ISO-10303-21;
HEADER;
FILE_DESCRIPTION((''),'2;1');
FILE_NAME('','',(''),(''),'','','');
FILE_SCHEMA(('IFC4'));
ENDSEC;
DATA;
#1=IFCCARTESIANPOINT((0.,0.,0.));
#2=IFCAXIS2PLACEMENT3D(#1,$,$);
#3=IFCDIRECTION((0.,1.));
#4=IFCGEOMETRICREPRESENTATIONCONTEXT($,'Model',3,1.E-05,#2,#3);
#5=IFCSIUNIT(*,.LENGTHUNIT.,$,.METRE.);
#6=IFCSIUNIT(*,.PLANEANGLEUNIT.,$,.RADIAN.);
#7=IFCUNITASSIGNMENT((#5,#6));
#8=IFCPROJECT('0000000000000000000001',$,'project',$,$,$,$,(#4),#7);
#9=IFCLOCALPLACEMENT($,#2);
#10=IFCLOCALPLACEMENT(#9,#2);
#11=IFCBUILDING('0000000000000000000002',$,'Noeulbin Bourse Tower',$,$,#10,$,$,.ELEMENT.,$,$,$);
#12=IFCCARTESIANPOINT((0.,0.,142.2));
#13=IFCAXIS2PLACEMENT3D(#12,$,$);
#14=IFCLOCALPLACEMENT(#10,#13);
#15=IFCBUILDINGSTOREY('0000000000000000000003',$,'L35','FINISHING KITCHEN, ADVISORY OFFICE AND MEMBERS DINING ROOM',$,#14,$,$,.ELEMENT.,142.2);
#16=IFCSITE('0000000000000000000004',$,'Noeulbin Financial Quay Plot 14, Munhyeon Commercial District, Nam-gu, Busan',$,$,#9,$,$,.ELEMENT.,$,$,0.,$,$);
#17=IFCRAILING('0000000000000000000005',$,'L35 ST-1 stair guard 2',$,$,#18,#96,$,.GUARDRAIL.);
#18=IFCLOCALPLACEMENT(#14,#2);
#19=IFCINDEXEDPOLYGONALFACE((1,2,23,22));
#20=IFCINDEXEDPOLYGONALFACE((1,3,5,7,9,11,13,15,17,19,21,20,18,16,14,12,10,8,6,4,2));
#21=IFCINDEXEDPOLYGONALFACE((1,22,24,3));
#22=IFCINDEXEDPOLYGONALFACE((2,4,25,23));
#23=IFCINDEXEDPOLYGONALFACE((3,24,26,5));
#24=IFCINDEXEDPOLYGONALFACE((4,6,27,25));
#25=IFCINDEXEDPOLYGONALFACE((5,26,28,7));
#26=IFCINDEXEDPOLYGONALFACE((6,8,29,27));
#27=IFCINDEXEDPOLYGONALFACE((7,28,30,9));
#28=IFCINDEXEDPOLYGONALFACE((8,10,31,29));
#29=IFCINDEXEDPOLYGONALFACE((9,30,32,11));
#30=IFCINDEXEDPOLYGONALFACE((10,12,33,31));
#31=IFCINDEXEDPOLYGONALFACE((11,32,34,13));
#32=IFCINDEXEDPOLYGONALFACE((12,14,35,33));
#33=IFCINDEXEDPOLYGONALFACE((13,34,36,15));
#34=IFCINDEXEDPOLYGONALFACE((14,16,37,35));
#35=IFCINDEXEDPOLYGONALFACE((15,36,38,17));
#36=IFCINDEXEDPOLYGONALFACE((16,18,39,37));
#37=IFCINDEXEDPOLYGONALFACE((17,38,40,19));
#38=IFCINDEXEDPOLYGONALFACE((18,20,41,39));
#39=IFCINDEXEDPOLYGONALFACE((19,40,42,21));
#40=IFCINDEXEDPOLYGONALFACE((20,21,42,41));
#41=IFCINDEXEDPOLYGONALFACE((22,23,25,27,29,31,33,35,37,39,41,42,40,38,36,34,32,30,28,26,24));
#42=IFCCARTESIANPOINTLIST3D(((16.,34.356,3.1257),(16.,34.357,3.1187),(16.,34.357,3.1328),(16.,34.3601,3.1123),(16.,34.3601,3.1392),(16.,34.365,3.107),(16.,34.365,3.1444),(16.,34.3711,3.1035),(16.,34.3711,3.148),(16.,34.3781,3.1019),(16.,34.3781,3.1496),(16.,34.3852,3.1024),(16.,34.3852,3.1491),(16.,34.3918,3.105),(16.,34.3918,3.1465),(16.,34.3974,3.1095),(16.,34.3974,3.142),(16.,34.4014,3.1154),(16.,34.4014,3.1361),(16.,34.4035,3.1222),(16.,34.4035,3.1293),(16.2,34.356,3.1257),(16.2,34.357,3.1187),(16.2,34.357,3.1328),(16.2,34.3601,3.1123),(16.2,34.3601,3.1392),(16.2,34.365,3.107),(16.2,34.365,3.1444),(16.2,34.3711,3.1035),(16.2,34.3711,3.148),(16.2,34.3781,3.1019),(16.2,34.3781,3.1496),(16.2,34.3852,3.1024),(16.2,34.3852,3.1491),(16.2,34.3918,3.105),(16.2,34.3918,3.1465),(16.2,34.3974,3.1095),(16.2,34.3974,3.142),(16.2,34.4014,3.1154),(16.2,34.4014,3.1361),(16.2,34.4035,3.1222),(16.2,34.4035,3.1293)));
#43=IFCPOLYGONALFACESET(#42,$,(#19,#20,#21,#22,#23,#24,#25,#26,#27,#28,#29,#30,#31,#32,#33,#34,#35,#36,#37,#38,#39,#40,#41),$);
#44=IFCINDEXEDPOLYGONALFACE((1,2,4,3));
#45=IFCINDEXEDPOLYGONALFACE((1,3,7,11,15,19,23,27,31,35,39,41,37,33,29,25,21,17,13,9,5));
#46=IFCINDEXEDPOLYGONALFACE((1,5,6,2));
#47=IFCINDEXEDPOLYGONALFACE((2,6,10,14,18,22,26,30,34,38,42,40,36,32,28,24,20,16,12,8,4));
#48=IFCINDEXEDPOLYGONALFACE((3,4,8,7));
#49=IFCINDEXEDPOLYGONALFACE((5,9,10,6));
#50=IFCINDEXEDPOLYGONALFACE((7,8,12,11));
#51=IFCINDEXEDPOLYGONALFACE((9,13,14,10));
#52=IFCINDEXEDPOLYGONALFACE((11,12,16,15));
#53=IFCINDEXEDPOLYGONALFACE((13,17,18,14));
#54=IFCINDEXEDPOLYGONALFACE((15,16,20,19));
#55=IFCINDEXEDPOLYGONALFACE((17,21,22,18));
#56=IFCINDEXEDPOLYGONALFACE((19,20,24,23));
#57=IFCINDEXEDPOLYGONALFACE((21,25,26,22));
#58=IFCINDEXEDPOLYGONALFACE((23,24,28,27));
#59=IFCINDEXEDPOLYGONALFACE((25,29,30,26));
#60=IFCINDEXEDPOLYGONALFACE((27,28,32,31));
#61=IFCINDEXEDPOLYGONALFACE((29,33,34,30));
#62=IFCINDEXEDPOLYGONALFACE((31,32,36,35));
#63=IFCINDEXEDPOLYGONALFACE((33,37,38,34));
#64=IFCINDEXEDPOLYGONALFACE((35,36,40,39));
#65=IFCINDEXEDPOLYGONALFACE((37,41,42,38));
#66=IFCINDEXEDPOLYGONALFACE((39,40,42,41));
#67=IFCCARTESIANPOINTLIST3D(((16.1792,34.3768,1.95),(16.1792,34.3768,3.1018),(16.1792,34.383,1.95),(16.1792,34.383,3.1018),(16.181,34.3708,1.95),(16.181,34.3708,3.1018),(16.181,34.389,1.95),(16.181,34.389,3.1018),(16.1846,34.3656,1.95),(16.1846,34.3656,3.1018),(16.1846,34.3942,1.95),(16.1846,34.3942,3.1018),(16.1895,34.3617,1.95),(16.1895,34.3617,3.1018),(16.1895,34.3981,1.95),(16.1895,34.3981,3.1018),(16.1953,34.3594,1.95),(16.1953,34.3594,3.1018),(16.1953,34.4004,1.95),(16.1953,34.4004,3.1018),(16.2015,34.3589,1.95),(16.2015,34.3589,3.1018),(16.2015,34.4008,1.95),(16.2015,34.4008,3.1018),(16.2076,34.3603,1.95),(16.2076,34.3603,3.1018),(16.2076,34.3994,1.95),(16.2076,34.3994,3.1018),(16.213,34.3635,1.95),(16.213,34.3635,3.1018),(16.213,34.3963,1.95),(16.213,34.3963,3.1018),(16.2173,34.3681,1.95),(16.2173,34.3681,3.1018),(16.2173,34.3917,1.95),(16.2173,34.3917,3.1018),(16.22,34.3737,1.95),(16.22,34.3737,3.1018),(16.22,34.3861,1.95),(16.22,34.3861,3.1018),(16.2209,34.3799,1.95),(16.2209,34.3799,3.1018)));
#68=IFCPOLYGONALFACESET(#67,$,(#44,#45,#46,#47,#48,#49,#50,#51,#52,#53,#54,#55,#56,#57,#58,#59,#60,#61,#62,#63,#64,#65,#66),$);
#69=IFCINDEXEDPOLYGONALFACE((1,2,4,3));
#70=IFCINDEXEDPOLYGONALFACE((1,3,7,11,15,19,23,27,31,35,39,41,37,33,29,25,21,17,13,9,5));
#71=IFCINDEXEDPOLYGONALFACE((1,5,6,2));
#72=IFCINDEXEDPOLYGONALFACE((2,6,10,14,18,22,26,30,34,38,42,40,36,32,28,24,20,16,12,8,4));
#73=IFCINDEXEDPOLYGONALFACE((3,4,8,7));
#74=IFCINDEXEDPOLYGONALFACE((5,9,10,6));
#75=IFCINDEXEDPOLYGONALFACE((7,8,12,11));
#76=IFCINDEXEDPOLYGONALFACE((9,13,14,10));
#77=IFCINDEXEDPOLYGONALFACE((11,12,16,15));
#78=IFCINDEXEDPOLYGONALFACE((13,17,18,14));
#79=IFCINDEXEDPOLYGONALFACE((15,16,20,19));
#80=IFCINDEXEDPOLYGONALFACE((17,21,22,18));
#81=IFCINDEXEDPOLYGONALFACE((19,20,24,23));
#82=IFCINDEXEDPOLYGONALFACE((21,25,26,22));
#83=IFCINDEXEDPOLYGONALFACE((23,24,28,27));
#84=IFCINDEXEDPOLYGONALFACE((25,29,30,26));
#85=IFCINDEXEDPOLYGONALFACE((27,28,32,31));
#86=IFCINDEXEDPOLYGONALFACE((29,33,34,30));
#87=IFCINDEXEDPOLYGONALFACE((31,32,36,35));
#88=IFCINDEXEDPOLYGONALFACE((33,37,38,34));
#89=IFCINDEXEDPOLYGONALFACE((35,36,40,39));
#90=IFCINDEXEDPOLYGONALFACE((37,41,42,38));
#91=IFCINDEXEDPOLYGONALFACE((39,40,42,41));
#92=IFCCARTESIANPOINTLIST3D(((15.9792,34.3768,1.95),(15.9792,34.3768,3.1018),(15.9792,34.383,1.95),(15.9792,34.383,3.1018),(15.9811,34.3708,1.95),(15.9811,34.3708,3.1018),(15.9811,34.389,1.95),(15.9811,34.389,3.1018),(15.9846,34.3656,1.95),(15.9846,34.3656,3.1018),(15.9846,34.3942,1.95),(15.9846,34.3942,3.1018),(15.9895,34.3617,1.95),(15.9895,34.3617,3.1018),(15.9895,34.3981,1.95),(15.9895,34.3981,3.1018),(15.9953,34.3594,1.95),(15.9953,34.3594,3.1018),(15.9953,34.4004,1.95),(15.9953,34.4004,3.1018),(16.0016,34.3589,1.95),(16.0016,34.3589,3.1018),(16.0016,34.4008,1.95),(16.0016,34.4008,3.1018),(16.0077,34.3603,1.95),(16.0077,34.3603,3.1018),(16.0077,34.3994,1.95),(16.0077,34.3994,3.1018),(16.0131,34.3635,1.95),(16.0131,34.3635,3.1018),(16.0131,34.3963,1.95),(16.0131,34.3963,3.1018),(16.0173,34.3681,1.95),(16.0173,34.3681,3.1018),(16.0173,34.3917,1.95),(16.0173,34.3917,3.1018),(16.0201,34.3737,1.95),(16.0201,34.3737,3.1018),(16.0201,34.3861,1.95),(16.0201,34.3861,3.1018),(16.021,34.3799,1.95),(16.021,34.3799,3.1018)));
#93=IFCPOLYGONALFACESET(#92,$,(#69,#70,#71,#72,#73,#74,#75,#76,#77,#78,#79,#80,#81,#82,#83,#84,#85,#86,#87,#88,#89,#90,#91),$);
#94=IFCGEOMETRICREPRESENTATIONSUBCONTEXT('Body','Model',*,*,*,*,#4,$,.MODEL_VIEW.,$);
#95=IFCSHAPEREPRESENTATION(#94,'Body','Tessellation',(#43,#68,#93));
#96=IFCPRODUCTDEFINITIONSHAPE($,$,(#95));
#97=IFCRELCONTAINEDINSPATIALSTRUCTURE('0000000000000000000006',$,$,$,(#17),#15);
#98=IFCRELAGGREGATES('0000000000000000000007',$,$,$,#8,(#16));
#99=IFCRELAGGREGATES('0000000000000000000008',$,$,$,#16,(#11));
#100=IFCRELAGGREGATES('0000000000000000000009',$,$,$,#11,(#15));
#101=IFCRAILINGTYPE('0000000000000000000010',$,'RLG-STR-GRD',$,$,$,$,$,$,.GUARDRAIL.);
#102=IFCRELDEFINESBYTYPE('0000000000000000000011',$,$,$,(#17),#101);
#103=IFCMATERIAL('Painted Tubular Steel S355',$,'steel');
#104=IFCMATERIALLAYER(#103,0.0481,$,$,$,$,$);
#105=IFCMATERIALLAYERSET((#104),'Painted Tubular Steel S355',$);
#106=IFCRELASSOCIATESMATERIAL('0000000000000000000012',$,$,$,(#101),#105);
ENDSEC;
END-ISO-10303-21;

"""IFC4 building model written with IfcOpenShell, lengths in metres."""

from ifc_helpers import new_model, si_unit, direction, frame, origin, origin_2d, place, context, subcontext, project, spatial, circle, extrude, material, layer, layer_set, type_object, element, save


model = new_model("IFC4")

# Units and contexts
model_context = context("Model", 3, precision=1e-05, world=origin(), true_north=direction((0.0, 1.0)))
body_context = subcontext(model_context, "Body", "Model", "MODEL_VIEW")
ifc_project = project(units=[si_unit("LENGTHUNIT", "METRE"), si_unit("PLANEANGLEUNIT", "RADIAN")], contexts=[model_context])

# Site, building, storey
site_placement = place(None, origin())
site = spatial("IfcSite", under=ifc_project, at=site_placement, Name="Noeulbin Financial Quay Plot 14, Munhyeon Commercial District, Nam-gu, Busan", CompositionType="ELEMENT", RefElevation=0.0)
building_placement = place(site_placement, origin())
building = spatial("IfcBuilding", under=site, at=building_placement, Name="Noeulbin Bourse Tower", CompositionType="ELEMENT")
storey_placement = place(building_placement, frame((0.0, 0.0, 142.2)))
storey = spatial("IfcBuildingStorey", under=building, at=storey_placement, Name="L35", Description="FINISHING KITCHEN, ADVISORY OFFICE AND MEMBERS DINING ROOM", CompositionType="ELEMENT", Elevation=142.2)

# Railing
ifc_material_1 = material(Name="Painted Tubular Steel S355", Category="steel")
ifc_layer_1 = layer(ifc_material_1, 0.0481)
ifc_layer_set_1 = layer_set([ifc_layer_1], Name="Painted Tubular Steel S355")
railing_type_1 = type_object("IfcRailingType", Name="RLG-STR-GRD", PredefinedType="GUARDRAIL", material=ifc_layer_set_1)
railing_1_placement = place(storey_placement, frame((16.2, 34.3799, 1.95)))
element("IfcRailing", 1, at=railing_1_placement, inside=storey, type_object=railing_type_1, Name="L35 ST-1 stair guard 2", PredefinedType="GUARDRAIL", context=body_context, shape_type="SweptSolid", body=[
    extrude(circle(Radius=0.0239, at=origin_2d()), frame((0.0, 0.0, 1.1758), z_axis=(-1.0, 0.0, 0.0), x_axis=(0.0, -1.0, 0.0)), (0.0, 0.0, 1.0), 0.2),
    extrude(circle(Radius=0.021, at=origin_2d()), origin(), (0.0, 0.0, 1.0), 1.1519),
    extrude(circle(Radius=0.021, at=origin_2d()), frame((-0.2, 0.0, 0.0)), (0.0, 0.0, 1.0), 1.1519),
])

save(model, "model.ifc")
